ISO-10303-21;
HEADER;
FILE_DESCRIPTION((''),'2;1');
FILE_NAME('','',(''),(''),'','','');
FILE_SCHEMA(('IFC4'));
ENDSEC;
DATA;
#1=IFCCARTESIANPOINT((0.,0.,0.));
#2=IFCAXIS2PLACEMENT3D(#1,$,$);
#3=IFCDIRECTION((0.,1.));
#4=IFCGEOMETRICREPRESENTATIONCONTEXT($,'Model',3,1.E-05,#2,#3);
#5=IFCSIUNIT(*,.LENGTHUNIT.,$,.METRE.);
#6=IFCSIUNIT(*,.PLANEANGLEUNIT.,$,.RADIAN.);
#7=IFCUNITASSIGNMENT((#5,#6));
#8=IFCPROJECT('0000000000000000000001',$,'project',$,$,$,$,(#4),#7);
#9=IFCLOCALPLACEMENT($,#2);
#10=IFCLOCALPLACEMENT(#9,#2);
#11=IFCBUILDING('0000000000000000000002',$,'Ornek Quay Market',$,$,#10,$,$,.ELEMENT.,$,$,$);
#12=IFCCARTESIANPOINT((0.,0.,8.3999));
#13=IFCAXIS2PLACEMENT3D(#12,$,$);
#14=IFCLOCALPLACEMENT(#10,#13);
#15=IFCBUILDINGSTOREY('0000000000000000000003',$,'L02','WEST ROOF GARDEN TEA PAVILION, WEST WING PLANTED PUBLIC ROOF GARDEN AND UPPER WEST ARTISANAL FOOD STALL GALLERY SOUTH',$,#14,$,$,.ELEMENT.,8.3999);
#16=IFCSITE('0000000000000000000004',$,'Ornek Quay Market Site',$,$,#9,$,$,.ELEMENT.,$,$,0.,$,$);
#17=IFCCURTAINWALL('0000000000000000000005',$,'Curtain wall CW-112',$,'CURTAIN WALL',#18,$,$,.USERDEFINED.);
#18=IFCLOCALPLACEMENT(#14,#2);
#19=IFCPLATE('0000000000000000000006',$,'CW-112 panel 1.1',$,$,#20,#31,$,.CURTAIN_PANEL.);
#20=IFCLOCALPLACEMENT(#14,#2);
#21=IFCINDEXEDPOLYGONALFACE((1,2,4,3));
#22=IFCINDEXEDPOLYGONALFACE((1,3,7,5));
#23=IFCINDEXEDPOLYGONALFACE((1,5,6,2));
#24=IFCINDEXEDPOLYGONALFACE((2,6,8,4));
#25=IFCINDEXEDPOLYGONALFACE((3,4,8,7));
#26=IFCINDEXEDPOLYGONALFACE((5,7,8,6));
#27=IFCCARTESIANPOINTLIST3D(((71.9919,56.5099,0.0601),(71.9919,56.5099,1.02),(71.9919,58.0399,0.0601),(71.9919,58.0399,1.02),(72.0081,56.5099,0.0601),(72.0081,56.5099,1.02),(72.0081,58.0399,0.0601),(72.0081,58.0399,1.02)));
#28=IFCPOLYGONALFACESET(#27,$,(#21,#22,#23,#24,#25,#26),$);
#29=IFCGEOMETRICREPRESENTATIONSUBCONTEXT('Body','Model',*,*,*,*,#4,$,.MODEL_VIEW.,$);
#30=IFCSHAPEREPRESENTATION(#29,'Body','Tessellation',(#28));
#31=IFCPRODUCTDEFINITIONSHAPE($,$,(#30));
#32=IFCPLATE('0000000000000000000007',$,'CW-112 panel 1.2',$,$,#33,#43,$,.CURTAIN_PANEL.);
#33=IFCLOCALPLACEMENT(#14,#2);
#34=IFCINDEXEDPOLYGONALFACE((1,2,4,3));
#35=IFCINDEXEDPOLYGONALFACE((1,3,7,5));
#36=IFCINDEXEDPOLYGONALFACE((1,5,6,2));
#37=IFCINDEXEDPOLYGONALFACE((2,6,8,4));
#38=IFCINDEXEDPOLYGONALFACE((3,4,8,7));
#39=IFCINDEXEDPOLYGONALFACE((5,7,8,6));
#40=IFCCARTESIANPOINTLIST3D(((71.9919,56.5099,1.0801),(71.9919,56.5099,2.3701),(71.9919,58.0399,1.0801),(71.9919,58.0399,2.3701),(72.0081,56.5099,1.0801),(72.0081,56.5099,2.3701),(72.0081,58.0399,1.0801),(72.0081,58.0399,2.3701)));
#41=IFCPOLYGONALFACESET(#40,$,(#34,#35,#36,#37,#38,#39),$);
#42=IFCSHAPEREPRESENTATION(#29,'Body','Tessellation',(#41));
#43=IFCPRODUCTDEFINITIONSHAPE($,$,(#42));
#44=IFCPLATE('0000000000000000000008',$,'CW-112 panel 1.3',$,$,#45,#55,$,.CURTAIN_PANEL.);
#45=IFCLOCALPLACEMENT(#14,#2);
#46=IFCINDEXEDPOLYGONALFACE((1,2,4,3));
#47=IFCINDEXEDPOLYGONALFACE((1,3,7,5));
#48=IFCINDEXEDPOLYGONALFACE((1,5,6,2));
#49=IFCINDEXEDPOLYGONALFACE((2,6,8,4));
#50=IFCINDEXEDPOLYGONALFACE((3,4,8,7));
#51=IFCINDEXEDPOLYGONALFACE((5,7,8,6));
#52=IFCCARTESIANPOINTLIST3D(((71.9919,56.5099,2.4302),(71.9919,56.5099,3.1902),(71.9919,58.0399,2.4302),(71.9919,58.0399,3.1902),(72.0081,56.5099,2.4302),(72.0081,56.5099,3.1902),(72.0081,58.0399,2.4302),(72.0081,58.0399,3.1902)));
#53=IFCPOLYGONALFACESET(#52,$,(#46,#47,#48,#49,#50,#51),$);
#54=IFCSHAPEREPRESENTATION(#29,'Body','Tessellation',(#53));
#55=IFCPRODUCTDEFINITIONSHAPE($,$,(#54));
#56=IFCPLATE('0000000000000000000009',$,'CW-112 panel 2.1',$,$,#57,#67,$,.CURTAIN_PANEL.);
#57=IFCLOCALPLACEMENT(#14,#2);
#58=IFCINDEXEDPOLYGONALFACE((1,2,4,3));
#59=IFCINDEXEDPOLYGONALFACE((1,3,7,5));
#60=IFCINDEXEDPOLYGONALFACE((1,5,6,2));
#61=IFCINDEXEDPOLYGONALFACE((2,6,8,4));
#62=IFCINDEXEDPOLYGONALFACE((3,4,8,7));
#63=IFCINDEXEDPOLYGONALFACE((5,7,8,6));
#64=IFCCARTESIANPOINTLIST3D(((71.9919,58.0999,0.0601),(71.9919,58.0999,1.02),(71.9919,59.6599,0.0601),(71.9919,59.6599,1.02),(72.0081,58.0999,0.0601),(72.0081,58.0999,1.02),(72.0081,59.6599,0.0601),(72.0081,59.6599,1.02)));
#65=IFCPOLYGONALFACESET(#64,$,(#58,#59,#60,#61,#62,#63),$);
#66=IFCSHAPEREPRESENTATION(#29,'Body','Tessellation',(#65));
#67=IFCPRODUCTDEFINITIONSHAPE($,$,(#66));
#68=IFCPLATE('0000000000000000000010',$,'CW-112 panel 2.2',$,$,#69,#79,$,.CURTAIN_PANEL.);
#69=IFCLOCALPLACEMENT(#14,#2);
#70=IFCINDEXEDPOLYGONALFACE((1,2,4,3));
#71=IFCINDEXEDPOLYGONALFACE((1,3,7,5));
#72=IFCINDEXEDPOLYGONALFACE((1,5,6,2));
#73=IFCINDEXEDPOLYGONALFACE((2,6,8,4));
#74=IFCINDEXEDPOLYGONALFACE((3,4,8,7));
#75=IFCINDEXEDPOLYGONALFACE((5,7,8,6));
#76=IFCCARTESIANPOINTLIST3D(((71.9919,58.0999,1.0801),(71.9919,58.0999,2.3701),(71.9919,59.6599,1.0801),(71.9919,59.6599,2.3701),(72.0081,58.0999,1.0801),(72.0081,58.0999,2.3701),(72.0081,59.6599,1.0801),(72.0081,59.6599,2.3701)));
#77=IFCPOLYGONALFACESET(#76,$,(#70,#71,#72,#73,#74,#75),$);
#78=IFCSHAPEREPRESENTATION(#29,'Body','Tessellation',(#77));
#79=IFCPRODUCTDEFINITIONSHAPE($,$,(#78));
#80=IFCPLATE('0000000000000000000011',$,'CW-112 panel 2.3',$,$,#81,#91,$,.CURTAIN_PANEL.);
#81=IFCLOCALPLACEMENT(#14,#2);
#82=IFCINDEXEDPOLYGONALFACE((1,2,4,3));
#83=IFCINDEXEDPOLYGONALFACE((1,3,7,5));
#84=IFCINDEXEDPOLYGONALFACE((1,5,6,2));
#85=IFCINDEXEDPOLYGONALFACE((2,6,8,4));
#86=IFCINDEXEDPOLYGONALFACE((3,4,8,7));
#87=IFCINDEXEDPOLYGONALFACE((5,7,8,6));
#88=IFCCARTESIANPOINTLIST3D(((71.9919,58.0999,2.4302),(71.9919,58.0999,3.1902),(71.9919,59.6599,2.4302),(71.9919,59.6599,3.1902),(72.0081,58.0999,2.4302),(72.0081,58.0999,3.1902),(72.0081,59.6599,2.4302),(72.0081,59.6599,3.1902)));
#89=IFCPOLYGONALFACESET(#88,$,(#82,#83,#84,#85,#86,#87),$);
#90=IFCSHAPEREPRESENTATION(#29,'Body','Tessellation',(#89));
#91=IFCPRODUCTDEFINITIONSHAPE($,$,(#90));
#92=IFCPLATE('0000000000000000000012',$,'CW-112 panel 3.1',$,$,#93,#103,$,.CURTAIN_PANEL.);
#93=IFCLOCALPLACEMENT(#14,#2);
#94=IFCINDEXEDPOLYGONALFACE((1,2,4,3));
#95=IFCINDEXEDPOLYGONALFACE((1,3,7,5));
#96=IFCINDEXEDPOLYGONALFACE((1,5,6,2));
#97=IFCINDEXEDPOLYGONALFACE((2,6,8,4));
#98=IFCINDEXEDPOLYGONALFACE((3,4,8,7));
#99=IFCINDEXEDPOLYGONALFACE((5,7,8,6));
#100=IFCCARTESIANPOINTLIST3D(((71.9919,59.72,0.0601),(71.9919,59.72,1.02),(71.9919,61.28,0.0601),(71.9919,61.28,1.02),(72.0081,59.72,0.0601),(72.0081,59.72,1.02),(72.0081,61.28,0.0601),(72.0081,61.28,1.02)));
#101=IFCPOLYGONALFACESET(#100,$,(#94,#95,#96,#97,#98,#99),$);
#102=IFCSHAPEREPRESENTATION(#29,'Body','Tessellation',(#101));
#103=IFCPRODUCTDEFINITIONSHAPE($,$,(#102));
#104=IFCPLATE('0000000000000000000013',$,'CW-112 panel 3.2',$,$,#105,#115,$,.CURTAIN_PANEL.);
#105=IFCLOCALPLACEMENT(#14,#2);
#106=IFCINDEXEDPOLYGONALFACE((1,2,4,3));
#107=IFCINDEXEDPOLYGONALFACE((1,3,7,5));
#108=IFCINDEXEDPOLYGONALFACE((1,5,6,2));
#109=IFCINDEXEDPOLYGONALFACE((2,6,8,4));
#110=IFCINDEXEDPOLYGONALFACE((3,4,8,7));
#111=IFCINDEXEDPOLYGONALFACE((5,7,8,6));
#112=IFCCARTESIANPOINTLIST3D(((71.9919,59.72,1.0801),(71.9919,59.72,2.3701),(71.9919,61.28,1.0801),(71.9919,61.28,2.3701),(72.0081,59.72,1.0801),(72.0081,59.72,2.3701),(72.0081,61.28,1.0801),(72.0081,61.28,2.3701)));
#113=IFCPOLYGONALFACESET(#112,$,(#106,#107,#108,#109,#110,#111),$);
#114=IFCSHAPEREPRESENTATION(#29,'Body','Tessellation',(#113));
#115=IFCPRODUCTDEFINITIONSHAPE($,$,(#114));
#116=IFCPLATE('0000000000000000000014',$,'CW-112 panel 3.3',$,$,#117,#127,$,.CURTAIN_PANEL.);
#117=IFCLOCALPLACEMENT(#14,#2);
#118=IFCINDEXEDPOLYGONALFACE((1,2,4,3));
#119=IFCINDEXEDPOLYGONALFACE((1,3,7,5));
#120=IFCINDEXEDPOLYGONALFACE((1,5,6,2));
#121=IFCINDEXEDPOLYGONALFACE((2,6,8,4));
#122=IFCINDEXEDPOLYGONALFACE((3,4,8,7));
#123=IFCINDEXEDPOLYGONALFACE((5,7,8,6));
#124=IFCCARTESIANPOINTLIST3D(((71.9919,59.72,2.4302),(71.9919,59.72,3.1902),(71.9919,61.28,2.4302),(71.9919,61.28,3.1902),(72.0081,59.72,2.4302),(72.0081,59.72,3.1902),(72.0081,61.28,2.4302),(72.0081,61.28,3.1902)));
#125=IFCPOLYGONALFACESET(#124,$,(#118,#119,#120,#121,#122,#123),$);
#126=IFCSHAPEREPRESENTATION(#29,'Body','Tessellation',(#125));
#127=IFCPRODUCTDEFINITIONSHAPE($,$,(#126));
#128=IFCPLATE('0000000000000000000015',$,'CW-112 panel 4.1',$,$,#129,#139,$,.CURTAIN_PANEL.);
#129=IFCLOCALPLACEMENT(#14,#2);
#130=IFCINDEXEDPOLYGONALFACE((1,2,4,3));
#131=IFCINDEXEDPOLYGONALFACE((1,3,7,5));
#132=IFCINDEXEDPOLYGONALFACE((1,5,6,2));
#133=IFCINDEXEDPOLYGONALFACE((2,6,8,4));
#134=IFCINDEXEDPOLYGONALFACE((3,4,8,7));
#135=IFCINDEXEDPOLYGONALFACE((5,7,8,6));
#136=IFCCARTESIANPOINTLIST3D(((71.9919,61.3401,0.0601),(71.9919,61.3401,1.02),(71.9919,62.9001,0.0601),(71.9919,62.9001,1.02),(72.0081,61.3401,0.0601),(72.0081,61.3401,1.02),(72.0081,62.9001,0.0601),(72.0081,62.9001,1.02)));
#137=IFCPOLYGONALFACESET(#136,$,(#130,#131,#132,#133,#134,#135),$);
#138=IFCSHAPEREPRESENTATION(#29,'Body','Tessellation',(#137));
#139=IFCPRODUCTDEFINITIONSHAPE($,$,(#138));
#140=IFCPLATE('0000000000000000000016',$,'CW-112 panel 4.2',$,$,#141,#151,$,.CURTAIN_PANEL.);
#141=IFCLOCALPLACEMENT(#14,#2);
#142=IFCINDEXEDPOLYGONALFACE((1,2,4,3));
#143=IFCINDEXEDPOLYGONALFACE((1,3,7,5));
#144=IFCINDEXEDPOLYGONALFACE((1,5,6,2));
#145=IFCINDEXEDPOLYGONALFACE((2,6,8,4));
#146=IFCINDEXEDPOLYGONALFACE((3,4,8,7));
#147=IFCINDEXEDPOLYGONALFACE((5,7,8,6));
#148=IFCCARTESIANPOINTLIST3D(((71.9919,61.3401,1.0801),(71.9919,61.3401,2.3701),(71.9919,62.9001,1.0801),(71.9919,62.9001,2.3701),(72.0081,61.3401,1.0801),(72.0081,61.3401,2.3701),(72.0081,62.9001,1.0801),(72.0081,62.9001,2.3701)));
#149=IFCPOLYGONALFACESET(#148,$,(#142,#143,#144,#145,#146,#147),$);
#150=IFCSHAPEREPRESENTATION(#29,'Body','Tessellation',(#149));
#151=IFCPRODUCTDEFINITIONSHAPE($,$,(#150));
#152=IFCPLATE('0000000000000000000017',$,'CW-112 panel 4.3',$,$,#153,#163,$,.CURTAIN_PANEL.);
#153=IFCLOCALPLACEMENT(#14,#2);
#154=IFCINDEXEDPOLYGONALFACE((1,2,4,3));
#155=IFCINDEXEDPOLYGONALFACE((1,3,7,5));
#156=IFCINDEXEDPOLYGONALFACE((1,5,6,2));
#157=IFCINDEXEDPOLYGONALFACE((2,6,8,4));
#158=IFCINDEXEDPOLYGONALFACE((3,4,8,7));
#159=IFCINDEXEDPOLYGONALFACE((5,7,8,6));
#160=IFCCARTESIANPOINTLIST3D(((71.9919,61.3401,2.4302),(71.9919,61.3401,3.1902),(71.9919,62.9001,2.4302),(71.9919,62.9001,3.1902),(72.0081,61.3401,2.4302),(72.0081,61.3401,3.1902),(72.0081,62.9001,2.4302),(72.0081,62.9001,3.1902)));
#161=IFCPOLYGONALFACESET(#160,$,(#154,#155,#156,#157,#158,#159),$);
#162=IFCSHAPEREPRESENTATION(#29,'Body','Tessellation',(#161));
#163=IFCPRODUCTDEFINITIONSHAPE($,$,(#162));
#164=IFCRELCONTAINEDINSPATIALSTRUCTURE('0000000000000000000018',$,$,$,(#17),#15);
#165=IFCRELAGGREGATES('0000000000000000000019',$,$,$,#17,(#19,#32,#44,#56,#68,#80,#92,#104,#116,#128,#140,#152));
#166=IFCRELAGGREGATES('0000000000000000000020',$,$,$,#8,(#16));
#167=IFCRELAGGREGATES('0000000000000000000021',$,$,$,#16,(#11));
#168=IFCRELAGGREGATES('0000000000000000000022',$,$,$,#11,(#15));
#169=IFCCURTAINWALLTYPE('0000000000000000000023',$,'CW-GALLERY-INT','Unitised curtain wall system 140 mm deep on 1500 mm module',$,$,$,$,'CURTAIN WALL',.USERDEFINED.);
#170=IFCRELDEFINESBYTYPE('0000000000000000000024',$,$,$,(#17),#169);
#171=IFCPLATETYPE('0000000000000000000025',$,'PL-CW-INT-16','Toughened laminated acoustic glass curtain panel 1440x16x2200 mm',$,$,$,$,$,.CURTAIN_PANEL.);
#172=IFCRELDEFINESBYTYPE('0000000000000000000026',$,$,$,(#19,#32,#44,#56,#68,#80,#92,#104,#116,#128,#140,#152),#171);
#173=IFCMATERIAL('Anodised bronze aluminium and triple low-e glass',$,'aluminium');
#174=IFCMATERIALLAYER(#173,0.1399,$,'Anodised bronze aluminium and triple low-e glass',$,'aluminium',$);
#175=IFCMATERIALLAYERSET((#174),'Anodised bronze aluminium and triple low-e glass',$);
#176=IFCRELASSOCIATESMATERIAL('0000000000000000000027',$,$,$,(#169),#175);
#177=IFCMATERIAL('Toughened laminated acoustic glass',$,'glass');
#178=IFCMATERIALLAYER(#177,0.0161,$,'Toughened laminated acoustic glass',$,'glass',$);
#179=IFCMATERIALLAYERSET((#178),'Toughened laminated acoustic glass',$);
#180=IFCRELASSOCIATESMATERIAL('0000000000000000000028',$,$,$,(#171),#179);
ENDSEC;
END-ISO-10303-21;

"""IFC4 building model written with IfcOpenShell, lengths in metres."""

from ifc_helpers import new_model, si_unit, direction, frame, origin, origin_2d, place, context, subcontext, project, spatial, rectangle, extrude, material, layer, layer_set, type_object, element, aggregate, save


model = new_model("IFC4")

# Units and contexts
model_context = context("Model", 3, precision=1e-05, world=origin(), true_north=direction((0.0, 1.0)))
body_context = subcontext(model_context, "Body", "Model", "MODEL_VIEW")
ifc_project = project(units=[si_unit("LENGTHUNIT", "METRE"), si_unit("PLANEANGLEUNIT", "RADIAN")], contexts=[model_context])

# Site, building, storey
site_placement = place(None, origin())
site = spatial("IfcSite", under=ifc_project, at=site_placement, Name="Ornek Quay Market Site", CompositionType="ELEMENT", RefElevation=0.0)
building_placement = place(site_placement, origin())
building = spatial("IfcBuilding", under=site, at=building_placement, Name="Ornek Quay Market", CompositionType="ELEMENT")
storey_placement = place(building_placement, frame((0.0, 0.0, 8.3999)))
storey = spatial("IfcBuildingStorey", under=building, at=storey_placement, Name="L02", Description="WEST ROOF GARDEN TEA PAVILION, WEST WING PLANTED PUBLIC ROOF GARDEN AND UPPER WEST ARTISANAL FOOD STALL GALLERY SOUTH", CompositionType="ELEMENT", Elevation=8.3999)

# Curtain wall, plates
ifc_material_1 = material(Name="Anodised bronze aluminium and triple low-e glass", Category="aluminium")
ifc_layer_1 = layer(ifc_material_1, 0.1399, Name="Anodised bronze aluminium and triple low-e glass", Category="aluminium")
ifc_layer_set_1 = layer_set([ifc_layer_1], Name="Anodised bronze aluminium and triple low-e glass")
curtain_wall_type = type_object("IfcCurtainWallType", Name="CW-GALLERY-INT", Description="Unitised curtain wall system 140 mm deep on 1500 mm module", ElementType="CURTAIN WALL", PredefinedType="USERDEFINED", material=ifc_layer_set_1)
curtain_wall_placement = place(storey_placement, origin())
curtain_wall = element("IfcCurtainWall", 1, at=curtain_wall_placement, inside=storey, type_object=curtain_wall_type, Name="Curtain wall CW-112", ObjectType="CURTAIN WALL", PredefinedType="USERDEFINED")
ifc_material_2 = material(Name="Toughened laminated acoustic glass", Category="glass")
ifc_layer_2 = layer(ifc_material_2, 0.0161, Name="Toughened laminated acoustic glass", Category="glass")
ifc_layer_set_2 = layer_set([ifc_layer_2], Name="Toughened laminated acoustic glass")
plate_type = type_object("IfcPlateType", Name="PL-CW-INT-16", Description="Toughened laminated acoustic glass curtain panel 1440x16x2200 mm", PredefinedType="CURTAIN_PANEL", material=ifc_layer_set_2)
plate_1_placement = place(storey_placement, frame((72.0, 57.2749, 0.0601), z_axis=(0.0, 0.0, 1.0), x_axis=(0.0, 1.0, 0.0)))
plate_1 = element("IfcPlate", 2, at=plate_1_placement, type_object=plate_type, Name="CW-112 panel 1.1", PredefinedType="CURTAIN_PANEL", context=body_context, shape_type="SweptSolid", body=[
    extrude(rectangle(XDim=1.53, YDim=0.0161, at=origin_2d()), origin(), (0.0, 0.0, 1.0), 0.96),
])
plate_2_placement = place(storey_placement, frame((72.0, 57.2749, 1.0801), z_axis=(0.0, 0.0, 1.0), x_axis=(0.0, 1.0, 0.0)))
plate_2 = element("IfcPlate", 3, at=plate_2_placement, type_object=plate_type, Name="CW-112 panel 1.2", PredefinedType="CURTAIN_PANEL", context=body_context, shape_type="SweptSolid", body=[
    extrude(rectangle(XDim=1.53, YDim=0.0161, at=origin_2d()), origin(), (0.0, 0.0, 1.0), 1.29),
])
plate_3_placement = place(storey_placement, frame((72.0, 57.2749, 2.4302), z_axis=(0.0, 0.0, 1.0), x_axis=(0.0, 1.0, 0.0)))
plate_3 = element("IfcPlate", 4, at=plate_3_placement, type_object=plate_type, Name="CW-112 panel 1.3", PredefinedType="CURTAIN_PANEL", context=body_context, shape_type="SweptSolid", body=[
    extrude(rectangle(XDim=1.53, YDim=0.0161, at=origin_2d()), origin(), (0.0, 0.0, 1.0), 0.76),
])
plate_4_placement = place(storey_placement, frame((72.0, 58.8799, 0.0601), z_axis=(0.0, 0.0, 1.0), x_axis=(0.0, 1.0, 0.0)))
plate_4 = element("IfcPlate", 5, at=plate_4_placement, type_object=plate_type, Name="CW-112 panel 2.1", PredefinedType="CURTAIN_PANEL", context=body_context, shape_type="SweptSolid", body=[
    extrude(rectangle(XDim=1.5601, YDim=0.0161, at=origin_2d()), origin(), (0.0, 0.0, 1.0), 0.96),
])
plate_5_placement = place(storey_placement, frame((72.0, 58.8799, 1.0801), z_axis=(0.0, 0.0, 1.0), x_axis=(0.0, 1.0, 0.0)))
plate_5 = element("IfcPlate", 6, at=plate_5_placement, type_object=plate_type, Name="CW-112 panel 2.2", PredefinedType="CURTAIN_PANEL", context=body_context, shape_type="SweptSolid", body=[
    extrude(rectangle(XDim=1.5601, YDim=0.0161, at=origin_2d()), origin(), (0.0, 0.0, 1.0), 1.29),
])
plate_6_placement = place(storey_placement, frame((72.0, 58.8799, 2.4302), z_axis=(0.0, 0.0, 1.0), x_axis=(0.0, 1.0, 0.0)))
plate_6 = element("IfcPlate", 7, at=plate_6_placement, type_object=plate_type, Name="CW-112 panel 2.3", PredefinedType="CURTAIN_PANEL", context=body_context, shape_type="SweptSolid", body=[
    extrude(rectangle(XDim=1.5601, YDim=0.0161, at=origin_2d()), origin(), (0.0, 0.0, 1.0), 0.76),
])
plate_7_placement = place(storey_placement, frame((72.0, 60.5, 0.0601), z_axis=(0.0, 0.0, 1.0), x_axis=(0.0, 1.0, 0.0)))
plate_7 = element("IfcPlate", 8, at=plate_7_placement, type_object=plate_type, Name="CW-112 panel 3.1", PredefinedType="CURTAIN_PANEL", context=body_context, shape_type="SweptSolid", body=[
    extrude(rectangle(XDim=1.5601, YDim=0.0161, at=origin_2d()), origin(), (0.0, 0.0, 1.0), 0.96),
])
plate_8_placement = place(storey_placement, frame((72.0, 60.5, 1.0801), z_axis=(0.0, 0.0, 1.0), x_axis=(0.0, 1.0, 0.0)))
plate_8 = element("IfcPlate", 9, at=plate_8_placement, type_object=plate_type, Name="CW-112 panel 3.2", PredefinedType="CURTAIN_PANEL", context=body_context, shape_type="SweptSolid", body=[
    extrude(rectangle(XDim=1.5601, YDim=0.0161, at=origin_2d()), origin(), (0.0, 0.0, 1.0), 1.29),
])
plate_9_placement = place(storey_placement, frame((72.0, 60.5, 2.4302), z_axis=(0.0, 0.0, 1.0), x_axis=(0.0, 1.0, 0.0)))
plate_9 = element("IfcPlate", 10, at=plate_9_placement, type_object=plate_type, Name="CW-112 panel 3.3", PredefinedType="CURTAIN_PANEL", context=body_context, shape_type="SweptSolid", body=[
    extrude(rectangle(XDim=1.5601, YDim=0.0161, at=origin_2d()), origin(), (0.0, 0.0, 1.0), 0.76),
])
plate_10_placement = place(storey_placement, frame((72.0, 62.1201, 0.0601), z_axis=(0.0, 0.0, 1.0), x_axis=(0.0, 1.0, 0.0)))
plate_10 = element("IfcPlate", 11, at=plate_10_placement, type_object=plate_type, Name="CW-112 panel 4.1", PredefinedType="CURTAIN_PANEL", context=body_context, shape_type="SweptSolid", body=[
    extrude(rectangle(XDim=1.5601, YDim=0.0161, at=origin_2d()), origin(), (0.0, 0.0, 1.0), 0.96),
])
plate_11_placement = place(storey_placement, frame((72.0, 62.1201, 1.0801), z_axis=(0.0, 0.0, 1.0), x_axis=(0.0, 1.0, 0.0)))
plate_11 = element("IfcPlate", 12, at=plate_11_placement, type_object=plate_type, Name="CW-112 panel 4.2", PredefinedType="CURTAIN_PANEL", context=body_context, shape_type="SweptSolid", body=[
    extrude(rectangle(XDim=1.5601, YDim=0.0161, at=origin_2d()), origin(), (0.0, 0.0, 1.0), 1.29),
])
plate_12_placement = place(storey_placement, frame((72.0, 62.1201, 2.4302), z_axis=(0.0, 0.0, 1.0), x_axis=(0.0, 1.0, 0.0)))
plate_12 = element("IfcPlate", 13, at=plate_12_placement, type_object=plate_type, Name="CW-112 panel 4.3", PredefinedType="CURTAIN_PANEL", context=body_context, shape_type="SweptSolid", body=[
    extrude(rectangle(XDim=1.5601, YDim=0.0161, at=origin_2d()), origin(), (0.0, 0.0, 1.0), 0.76),
])
aggregate(curtain_wall, [plate_1, plate_2, plate_3, plate_4, plate_5, plate_6, plate_7, plate_8, plate_9, plate_10, plate_11, plate_12])

save(model, "model.ifc")
